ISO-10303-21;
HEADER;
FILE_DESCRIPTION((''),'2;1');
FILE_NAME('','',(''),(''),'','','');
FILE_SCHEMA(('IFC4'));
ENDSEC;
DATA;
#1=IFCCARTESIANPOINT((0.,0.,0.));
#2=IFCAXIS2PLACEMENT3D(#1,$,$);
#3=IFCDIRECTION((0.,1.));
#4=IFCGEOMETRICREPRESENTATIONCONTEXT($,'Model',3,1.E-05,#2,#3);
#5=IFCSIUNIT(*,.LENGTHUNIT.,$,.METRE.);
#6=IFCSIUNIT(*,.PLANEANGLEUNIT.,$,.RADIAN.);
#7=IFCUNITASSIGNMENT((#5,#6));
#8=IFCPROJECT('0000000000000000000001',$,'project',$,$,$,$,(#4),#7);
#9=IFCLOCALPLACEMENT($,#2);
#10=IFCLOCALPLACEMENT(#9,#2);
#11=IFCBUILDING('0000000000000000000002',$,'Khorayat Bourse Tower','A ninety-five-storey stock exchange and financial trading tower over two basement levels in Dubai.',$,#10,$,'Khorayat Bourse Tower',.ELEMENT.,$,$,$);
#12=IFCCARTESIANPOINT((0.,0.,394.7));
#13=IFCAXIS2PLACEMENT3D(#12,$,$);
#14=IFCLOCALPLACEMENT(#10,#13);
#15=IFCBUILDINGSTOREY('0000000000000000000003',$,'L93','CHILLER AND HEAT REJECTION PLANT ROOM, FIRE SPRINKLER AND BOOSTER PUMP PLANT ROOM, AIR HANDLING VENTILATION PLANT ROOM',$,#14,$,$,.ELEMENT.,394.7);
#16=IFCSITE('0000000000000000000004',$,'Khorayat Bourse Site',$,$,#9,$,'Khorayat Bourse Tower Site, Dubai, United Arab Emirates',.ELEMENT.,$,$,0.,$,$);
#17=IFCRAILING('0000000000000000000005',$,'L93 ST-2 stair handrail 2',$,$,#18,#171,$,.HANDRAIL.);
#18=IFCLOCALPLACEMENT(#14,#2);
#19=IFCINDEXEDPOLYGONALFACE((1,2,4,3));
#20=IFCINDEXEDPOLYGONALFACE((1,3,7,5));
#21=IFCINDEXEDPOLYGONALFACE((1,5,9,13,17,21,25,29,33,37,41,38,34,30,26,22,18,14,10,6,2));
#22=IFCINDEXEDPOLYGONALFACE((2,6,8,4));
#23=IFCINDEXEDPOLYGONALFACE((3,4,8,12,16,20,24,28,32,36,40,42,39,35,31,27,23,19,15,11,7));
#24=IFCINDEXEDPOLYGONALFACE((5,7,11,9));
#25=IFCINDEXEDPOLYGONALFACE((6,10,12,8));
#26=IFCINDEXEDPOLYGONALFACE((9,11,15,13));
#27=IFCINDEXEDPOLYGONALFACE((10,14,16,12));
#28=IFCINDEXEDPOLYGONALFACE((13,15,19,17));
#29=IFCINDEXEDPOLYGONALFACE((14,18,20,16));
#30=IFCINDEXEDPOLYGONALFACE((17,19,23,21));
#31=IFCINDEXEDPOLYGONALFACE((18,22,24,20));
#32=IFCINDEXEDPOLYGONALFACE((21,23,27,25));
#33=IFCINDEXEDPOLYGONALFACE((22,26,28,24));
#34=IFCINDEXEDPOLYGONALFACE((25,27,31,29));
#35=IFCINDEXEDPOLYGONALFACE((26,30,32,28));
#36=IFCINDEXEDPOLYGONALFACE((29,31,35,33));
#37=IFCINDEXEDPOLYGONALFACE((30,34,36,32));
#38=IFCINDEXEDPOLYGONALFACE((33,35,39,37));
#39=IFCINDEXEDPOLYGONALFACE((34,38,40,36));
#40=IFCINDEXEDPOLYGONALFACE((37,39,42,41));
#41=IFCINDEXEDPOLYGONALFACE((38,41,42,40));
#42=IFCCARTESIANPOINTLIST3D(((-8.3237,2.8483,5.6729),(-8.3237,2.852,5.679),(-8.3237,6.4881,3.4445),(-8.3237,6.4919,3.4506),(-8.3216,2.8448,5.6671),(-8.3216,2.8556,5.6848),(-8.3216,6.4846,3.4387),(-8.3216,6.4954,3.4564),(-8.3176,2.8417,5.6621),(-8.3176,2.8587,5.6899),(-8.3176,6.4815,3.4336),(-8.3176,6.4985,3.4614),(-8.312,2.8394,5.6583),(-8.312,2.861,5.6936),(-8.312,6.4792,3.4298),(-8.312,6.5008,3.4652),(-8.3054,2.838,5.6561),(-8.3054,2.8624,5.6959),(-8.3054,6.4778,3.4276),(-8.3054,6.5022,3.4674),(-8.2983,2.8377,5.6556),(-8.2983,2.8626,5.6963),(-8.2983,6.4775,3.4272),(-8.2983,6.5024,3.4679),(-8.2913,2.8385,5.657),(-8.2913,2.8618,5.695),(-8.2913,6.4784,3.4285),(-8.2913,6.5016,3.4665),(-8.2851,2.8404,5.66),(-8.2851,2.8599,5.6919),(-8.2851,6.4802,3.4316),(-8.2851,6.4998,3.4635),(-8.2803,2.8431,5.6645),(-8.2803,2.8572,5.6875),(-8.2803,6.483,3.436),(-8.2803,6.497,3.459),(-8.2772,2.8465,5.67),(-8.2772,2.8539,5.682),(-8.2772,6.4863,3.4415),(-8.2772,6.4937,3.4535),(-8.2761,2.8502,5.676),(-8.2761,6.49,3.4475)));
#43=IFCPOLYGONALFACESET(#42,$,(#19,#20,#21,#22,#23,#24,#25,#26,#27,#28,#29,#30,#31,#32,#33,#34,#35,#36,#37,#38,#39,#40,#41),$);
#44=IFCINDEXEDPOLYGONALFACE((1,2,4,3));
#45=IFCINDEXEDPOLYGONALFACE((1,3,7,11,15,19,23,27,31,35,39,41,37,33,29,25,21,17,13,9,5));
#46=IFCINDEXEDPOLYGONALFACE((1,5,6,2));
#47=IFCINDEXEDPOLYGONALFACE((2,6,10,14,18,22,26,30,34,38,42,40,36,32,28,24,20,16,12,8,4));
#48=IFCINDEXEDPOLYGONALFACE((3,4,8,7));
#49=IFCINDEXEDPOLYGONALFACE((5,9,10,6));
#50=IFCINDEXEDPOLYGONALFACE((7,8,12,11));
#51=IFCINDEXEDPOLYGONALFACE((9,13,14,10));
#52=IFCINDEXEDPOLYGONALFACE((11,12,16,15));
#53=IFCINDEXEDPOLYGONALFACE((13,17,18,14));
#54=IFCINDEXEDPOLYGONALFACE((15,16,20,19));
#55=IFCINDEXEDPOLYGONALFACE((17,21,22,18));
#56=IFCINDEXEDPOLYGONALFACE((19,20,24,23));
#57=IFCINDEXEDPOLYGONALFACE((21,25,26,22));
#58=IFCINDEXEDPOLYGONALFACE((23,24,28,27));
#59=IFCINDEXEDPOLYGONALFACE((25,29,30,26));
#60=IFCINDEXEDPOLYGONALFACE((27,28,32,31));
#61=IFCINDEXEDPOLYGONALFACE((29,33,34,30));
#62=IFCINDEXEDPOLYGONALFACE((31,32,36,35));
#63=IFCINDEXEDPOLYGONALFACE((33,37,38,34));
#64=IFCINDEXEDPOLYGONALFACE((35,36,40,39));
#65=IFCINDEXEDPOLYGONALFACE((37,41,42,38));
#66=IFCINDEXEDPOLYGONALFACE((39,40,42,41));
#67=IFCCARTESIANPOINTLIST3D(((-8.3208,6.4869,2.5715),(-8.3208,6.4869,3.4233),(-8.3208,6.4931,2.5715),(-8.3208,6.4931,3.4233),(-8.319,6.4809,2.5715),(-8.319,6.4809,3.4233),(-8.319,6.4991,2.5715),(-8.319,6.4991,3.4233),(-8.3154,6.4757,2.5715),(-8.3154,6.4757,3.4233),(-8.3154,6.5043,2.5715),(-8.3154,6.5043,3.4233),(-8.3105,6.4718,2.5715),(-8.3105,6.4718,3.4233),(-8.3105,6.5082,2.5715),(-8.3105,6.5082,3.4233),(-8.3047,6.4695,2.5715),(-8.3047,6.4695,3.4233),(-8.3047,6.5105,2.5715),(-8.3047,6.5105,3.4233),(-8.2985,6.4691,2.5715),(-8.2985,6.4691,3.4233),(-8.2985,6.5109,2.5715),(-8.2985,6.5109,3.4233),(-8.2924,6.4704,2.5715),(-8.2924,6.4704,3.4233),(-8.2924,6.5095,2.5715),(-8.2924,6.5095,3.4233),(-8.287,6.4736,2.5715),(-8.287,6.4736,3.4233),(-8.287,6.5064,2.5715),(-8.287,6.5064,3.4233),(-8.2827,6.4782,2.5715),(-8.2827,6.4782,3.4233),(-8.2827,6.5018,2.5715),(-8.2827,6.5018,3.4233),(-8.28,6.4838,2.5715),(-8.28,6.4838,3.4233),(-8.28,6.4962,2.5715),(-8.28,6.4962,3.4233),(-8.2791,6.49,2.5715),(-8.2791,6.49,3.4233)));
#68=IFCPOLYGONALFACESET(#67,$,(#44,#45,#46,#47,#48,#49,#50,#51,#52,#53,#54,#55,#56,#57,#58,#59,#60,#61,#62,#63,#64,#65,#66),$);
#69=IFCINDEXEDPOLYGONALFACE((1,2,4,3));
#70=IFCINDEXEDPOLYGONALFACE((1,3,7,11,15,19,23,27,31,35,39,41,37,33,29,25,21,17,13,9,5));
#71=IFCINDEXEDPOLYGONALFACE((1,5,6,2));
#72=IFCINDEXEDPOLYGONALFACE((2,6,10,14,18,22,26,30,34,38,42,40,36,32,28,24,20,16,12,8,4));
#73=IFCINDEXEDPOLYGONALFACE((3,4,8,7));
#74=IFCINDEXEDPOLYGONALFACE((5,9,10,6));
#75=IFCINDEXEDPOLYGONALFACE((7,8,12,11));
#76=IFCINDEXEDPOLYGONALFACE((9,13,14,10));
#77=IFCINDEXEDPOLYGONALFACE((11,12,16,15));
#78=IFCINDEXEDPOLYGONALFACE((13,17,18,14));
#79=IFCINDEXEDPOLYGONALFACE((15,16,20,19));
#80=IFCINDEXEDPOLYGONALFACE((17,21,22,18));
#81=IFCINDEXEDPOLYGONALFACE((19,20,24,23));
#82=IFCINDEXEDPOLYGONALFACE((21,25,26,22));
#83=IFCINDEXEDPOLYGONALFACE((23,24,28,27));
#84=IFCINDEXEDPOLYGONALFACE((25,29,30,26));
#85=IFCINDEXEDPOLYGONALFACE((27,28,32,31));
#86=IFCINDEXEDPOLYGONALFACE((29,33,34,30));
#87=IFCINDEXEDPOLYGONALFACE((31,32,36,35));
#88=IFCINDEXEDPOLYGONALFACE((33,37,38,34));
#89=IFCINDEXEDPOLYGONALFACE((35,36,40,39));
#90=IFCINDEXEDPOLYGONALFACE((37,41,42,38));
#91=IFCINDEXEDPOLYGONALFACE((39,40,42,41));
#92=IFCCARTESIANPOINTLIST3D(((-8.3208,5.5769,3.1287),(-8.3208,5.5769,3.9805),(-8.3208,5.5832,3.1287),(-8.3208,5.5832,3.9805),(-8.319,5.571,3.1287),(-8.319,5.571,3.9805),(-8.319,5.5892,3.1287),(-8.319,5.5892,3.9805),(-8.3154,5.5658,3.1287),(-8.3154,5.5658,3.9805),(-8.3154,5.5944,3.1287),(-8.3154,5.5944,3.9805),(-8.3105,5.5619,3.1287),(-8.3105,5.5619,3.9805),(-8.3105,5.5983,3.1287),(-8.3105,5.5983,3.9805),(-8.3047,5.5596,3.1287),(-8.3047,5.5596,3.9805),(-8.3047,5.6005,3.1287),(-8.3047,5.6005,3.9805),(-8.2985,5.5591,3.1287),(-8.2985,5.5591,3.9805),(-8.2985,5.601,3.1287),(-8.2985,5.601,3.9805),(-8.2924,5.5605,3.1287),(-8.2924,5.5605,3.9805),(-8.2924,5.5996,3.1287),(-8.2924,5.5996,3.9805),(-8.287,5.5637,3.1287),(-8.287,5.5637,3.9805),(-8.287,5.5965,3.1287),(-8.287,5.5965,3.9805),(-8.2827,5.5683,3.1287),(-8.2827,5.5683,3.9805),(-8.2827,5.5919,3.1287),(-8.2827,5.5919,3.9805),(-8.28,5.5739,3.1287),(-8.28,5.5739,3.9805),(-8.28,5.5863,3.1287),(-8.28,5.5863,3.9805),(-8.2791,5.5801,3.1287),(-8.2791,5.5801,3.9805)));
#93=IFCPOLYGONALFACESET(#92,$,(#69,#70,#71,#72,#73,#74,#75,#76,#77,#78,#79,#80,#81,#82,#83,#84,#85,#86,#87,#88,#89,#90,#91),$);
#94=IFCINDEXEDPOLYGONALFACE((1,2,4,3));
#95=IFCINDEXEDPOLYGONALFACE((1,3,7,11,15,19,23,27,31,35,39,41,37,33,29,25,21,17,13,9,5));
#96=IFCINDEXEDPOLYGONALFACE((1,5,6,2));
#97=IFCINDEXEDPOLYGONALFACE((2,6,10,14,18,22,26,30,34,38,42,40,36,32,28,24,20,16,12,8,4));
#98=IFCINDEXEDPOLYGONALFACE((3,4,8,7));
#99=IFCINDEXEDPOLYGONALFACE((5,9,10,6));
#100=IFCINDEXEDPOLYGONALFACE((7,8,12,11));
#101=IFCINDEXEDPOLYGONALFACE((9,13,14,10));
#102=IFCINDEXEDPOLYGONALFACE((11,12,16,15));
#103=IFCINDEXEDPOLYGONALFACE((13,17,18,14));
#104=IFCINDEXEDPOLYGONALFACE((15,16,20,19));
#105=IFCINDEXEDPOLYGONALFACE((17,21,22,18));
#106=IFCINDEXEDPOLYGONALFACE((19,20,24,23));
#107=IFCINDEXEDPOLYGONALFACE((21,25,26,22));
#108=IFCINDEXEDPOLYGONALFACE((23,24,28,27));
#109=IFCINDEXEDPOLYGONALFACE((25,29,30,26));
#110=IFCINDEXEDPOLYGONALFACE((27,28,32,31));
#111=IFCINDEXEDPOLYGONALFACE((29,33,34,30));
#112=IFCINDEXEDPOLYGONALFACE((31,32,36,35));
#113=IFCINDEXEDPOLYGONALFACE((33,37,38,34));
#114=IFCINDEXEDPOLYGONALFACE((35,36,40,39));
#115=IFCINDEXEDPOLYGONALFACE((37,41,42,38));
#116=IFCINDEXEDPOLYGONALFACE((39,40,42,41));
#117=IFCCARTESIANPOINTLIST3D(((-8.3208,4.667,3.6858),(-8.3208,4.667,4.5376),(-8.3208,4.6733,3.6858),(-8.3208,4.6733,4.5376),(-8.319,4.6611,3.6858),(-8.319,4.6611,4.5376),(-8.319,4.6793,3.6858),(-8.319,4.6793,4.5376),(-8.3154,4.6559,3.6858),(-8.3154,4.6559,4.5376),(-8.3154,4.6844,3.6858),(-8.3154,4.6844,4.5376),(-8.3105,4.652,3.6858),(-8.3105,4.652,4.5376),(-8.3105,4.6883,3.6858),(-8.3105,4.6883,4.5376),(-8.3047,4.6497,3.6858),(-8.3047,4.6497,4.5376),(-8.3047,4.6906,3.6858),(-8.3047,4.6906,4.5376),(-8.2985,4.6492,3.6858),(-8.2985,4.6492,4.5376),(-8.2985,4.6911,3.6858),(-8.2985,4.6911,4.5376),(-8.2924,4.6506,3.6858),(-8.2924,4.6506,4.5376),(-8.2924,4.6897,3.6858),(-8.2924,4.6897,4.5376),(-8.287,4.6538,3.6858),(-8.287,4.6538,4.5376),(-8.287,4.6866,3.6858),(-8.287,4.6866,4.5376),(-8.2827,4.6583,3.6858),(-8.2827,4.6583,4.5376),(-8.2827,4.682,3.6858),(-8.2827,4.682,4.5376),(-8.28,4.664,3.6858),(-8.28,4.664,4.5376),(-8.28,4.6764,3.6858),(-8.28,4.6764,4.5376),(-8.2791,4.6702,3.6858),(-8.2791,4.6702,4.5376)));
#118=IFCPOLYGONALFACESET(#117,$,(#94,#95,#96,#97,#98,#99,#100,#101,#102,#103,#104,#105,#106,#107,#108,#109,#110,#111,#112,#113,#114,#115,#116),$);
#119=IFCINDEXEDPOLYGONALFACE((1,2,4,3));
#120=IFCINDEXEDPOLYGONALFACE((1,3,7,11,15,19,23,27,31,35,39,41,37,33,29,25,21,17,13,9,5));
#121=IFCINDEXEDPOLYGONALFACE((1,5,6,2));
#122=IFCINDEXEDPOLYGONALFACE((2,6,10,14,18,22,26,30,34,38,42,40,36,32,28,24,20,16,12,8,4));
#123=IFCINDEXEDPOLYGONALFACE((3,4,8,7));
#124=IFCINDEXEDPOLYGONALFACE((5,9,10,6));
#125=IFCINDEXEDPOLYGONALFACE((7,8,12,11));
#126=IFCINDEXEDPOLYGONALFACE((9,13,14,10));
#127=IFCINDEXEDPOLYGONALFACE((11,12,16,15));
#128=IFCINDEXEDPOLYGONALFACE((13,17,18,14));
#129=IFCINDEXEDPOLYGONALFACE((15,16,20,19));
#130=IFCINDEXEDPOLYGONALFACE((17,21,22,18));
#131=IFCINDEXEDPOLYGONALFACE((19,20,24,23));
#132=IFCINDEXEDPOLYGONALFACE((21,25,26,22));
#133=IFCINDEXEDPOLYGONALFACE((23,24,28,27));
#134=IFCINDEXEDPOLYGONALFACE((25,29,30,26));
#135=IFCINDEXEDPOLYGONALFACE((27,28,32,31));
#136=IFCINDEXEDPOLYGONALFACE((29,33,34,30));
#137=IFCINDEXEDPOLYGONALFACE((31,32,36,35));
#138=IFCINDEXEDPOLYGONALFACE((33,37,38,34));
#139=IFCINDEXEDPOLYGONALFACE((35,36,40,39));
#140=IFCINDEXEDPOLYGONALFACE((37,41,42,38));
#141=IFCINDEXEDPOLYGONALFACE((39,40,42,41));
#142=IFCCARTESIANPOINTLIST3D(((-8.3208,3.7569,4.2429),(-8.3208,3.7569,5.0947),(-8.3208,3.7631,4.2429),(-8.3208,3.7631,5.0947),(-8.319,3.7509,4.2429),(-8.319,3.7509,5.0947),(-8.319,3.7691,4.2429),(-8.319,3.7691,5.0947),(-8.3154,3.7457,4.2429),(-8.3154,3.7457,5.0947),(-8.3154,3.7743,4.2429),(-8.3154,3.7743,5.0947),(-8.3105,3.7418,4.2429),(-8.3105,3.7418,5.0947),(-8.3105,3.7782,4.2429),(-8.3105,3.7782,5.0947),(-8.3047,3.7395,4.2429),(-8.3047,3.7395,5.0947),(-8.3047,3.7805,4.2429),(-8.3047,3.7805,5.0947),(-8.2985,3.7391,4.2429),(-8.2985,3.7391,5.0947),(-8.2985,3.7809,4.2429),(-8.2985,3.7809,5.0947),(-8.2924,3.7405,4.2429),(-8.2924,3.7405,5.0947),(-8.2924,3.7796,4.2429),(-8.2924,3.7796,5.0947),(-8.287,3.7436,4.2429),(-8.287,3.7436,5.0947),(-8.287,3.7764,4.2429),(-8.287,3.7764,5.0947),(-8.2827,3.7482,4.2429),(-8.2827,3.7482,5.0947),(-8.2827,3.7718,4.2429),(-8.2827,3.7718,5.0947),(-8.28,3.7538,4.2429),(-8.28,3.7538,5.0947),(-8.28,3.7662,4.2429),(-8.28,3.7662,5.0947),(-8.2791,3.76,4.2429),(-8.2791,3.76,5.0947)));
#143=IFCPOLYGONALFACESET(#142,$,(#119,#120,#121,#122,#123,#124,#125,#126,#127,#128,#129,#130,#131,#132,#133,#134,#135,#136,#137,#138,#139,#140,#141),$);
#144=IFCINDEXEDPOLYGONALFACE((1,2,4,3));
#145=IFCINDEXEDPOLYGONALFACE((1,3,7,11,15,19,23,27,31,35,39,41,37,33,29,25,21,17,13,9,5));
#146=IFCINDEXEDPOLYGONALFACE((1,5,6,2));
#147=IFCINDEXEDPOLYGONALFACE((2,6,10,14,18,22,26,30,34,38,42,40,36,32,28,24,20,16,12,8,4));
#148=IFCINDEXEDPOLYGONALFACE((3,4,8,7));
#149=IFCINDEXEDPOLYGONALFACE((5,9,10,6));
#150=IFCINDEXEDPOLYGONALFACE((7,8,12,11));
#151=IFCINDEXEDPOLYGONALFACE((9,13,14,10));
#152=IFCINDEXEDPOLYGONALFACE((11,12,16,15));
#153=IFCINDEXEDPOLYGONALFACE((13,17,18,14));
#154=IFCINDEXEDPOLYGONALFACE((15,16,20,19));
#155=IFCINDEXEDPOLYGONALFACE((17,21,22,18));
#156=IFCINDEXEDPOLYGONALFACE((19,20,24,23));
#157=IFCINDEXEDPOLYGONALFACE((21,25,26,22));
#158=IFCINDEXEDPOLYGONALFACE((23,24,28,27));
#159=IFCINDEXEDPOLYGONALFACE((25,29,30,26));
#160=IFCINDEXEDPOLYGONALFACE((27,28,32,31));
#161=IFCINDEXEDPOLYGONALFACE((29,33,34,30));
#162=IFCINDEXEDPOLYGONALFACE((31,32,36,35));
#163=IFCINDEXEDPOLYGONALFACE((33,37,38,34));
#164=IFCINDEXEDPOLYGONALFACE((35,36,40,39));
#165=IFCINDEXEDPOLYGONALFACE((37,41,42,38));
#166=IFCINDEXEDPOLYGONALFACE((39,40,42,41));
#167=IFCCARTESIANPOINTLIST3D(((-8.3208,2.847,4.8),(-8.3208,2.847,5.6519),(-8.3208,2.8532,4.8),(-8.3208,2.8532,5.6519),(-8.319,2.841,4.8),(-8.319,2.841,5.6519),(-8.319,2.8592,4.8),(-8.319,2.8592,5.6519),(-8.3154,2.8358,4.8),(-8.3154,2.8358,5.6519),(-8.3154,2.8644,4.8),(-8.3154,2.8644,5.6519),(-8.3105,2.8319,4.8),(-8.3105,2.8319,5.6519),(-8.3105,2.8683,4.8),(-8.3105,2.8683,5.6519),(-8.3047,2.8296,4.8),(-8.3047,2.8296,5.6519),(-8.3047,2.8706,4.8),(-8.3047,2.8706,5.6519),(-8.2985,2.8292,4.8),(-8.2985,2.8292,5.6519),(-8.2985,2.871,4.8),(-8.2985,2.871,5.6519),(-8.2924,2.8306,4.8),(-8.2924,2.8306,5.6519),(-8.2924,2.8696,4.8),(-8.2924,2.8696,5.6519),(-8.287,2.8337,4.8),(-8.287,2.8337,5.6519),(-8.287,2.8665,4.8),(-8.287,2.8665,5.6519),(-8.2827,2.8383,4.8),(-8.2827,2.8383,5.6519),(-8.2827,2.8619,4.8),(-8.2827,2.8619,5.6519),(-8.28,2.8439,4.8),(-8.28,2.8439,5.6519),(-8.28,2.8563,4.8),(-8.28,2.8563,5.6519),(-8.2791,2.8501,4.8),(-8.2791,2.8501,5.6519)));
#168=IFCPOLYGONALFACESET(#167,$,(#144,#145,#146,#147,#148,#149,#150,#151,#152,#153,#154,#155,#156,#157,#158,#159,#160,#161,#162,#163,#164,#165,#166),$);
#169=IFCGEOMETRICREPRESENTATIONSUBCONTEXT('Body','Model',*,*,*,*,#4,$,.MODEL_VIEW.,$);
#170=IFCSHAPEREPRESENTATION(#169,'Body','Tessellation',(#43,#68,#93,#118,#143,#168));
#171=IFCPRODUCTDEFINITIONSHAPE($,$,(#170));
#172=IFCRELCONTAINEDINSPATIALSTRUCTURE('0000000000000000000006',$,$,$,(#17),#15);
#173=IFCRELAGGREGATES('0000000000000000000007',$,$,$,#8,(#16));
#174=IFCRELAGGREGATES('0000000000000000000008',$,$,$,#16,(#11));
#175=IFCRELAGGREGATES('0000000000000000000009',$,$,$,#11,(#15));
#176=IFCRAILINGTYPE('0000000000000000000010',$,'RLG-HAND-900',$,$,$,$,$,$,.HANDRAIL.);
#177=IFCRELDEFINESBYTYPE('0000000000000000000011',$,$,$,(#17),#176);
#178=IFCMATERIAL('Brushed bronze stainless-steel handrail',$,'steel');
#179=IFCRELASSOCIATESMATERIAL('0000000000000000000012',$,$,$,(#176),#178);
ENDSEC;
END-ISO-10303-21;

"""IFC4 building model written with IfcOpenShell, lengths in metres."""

from ifc_helpers import new_model, si_unit, direction, frame, origin, origin_2d, place, context, subcontext, project, spatial, circle, extrude, source, transform, mapped, material, type_object, element, save


model = new_model("IFC4")

# Units and contexts
model_context = context("Model", 3, precision=1e-05, world=origin(), true_north=direction((0.0, 1.0)))
body_context = subcontext(model_context, "Body", "Model", "MODEL_VIEW")
ifc_project = project(units=[si_unit("LENGTHUNIT", "METRE"), si_unit("PLANEANGLEUNIT", "RADIAN")], contexts=[model_context])

# Site, building, storey
site_placement = place(None, origin())
site = spatial("IfcSite", under=ifc_project, at=site_placement, Name="Khorayat Bourse Site", LongName="Khorayat Bourse Tower Site, Dubai, United Arab Emirates", CompositionType="ELEMENT", RefElevation=0.0)
building_placement = place(site_placement, origin())
building = spatial("IfcBuilding", under=site, at=building_placement, Name="Khorayat Bourse Tower", Description="A ninety-five-storey stock exchange and financial trading tower over two basement levels in Dubai.", LongName="Khorayat Bourse Tower", CompositionType="ELEMENT")
storey_placement = place(building_placement, frame((0.0, 0.0, 394.7)))
storey = spatial("IfcBuildingStorey", under=building, at=storey_placement, Name="L93", Description="CHILLER AND HEAT REJECTION PLANT ROOM, FIRE SPRINKLER AND BOOSTER PUMP PLANT ROOM, AIR HANDLING VENTILATION PLANT ROOM", CompositionType="ELEMENT", Elevation=394.7)

# Railing
ifc_material_1 = material(Name="Brushed bronze stainless-steel handrail", Category="steel")
railing_type_1 = type_object("IfcRailingType", Name="RLG-HAND-900", PredefinedType="HANDRAIL", material=ifc_material_1)
shared_shape_1 = source(origin(), body_context, "Body", "SweptSolid", [
    extrude(circle(Radius=0.0239, at=origin_2d()), frame((0.0, 0.0, 0.876), z_axis=(0.0, -0.85285, 0.522156), x_axis=(1.0, 0.0, 0.0)), (0.0, 0.0, 1.0), 4.2678),
    extrude(circle(Radius=0.021, at=origin_2d()), origin(), (0.0, 0.0, 1.0), 0.8518),
    extrude(circle(Radius=0.021, at=origin_2d()), frame((0.0, -0.9099, 0.5571)), (0.0, 0.0, 1.0), 0.8518),
    extrude(circle(Radius=0.021, at=origin_2d()), frame((0.0, -1.8198, 1.1143)), (0.0, 0.0, 1.0), 0.8518),
    extrude(circle(Radius=0.021, at=origin_2d()), frame((0.0, -2.73, 1.6714)), (0.0, 0.0, 1.0), 0.8518),
    extrude(circle(Radius=0.021, at=origin_2d()), frame((0.0, -3.6399, 2.2285)), (0.0, 0.0, 1.0), 0.8518),
])
railing_1_placement = place(storey_placement, frame((-8.3, 6.49, 2.5715)))
element("IfcRailing", 1, at=railing_1_placement, inside=storey, type_object=railing_type_1, Name="L93 ST-2 stair handrail 2", PredefinedType="HANDRAIL", context=body_context, shape_type="MappedRepresentation", body=[
    mapped(shared_shape_1, transform((0.0, 0.0, 0.0), scale=1.0)),
])

save(model, "model.ifc")
